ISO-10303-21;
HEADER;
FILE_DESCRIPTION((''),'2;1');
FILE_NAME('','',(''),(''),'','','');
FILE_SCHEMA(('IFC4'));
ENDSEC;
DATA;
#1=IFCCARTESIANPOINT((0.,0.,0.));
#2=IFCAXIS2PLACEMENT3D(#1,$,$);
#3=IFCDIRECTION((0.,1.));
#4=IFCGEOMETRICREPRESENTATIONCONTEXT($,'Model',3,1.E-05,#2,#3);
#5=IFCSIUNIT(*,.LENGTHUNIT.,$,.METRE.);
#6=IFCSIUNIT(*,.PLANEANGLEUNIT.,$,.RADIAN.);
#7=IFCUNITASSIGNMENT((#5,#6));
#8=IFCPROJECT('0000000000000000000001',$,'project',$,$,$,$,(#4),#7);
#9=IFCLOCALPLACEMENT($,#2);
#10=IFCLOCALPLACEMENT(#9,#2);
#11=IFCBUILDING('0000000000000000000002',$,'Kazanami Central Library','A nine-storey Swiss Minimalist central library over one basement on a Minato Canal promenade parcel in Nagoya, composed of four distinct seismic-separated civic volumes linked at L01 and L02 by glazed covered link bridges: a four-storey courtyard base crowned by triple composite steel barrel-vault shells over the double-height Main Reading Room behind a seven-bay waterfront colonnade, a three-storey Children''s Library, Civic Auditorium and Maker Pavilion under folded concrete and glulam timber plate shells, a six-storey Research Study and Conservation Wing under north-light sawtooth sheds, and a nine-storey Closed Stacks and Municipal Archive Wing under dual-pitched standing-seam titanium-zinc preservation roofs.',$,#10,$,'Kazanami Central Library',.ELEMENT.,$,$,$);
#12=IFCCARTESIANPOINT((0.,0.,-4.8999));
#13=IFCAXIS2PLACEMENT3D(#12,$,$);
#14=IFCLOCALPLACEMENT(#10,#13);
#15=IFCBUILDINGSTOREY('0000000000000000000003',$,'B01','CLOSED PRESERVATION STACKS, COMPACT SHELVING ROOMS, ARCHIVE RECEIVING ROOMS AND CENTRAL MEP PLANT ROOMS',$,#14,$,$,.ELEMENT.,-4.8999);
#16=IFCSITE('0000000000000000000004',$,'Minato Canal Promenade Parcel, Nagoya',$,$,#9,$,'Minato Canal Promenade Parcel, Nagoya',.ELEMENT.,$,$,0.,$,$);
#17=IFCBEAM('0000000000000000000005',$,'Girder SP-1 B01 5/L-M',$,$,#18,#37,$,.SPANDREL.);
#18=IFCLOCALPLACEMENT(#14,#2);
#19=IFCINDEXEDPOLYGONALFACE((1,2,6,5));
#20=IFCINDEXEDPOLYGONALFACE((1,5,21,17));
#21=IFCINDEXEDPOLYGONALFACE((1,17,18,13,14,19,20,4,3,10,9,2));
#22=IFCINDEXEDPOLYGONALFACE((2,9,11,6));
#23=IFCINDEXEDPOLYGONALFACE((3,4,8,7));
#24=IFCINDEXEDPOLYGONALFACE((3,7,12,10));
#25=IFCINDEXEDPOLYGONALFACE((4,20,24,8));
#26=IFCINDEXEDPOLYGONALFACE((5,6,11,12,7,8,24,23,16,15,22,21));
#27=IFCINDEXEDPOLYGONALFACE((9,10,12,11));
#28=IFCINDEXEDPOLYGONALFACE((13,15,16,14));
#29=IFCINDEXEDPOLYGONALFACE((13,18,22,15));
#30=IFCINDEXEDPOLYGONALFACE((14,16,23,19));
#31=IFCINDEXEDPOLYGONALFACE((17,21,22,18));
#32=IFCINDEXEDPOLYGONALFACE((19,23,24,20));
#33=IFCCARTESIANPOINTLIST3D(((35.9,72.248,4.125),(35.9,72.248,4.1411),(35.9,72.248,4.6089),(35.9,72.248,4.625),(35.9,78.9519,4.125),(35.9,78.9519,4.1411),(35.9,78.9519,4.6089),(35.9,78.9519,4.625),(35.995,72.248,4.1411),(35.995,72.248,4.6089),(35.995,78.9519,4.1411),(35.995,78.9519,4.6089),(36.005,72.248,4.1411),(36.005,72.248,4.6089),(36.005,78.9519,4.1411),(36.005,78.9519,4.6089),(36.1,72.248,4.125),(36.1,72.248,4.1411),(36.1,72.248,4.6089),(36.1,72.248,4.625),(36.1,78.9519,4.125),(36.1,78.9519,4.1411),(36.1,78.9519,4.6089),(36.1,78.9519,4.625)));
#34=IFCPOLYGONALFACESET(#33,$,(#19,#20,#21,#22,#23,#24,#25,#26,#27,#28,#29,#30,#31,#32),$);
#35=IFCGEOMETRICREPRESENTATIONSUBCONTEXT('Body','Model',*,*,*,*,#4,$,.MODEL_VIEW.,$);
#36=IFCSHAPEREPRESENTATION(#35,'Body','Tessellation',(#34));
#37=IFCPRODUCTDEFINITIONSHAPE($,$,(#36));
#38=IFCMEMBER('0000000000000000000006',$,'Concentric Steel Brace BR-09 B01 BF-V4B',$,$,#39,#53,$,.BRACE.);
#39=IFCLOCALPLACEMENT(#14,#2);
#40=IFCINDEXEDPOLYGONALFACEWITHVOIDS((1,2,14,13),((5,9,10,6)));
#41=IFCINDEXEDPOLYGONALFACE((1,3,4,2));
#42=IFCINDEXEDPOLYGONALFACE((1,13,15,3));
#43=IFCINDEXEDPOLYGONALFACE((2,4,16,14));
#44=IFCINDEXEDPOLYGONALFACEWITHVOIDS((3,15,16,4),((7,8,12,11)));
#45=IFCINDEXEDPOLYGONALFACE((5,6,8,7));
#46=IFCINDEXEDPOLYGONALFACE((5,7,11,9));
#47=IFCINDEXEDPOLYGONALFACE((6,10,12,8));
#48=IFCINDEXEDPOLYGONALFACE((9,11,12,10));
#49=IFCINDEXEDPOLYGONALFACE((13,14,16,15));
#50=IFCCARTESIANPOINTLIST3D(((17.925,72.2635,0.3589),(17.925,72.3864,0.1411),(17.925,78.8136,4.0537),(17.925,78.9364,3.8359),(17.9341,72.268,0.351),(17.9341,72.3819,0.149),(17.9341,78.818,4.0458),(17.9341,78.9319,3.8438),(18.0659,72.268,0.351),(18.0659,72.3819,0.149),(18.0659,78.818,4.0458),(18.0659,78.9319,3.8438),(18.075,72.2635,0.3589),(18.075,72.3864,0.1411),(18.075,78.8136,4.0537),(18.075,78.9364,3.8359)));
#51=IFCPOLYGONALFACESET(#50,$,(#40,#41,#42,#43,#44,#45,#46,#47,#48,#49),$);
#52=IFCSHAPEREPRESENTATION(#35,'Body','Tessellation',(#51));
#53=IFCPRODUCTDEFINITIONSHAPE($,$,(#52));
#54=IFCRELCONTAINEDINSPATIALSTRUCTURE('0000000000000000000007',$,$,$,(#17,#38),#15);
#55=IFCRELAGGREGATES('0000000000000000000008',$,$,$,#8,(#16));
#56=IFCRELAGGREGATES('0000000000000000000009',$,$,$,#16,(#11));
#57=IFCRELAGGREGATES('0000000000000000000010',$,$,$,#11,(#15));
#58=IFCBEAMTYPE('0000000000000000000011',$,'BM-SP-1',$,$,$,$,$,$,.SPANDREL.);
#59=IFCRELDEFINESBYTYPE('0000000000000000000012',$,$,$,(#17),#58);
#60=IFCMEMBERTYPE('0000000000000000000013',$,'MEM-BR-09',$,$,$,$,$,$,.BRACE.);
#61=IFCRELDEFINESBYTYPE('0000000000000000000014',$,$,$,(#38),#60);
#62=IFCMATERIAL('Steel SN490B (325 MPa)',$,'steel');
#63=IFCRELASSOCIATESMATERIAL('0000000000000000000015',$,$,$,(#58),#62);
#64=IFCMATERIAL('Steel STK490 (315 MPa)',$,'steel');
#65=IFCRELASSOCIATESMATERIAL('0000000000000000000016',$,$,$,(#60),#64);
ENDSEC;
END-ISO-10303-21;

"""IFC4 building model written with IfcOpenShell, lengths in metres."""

from ifc_helpers import new_model, si_unit, direction, frame, origin, origin_2d, place, context, subcontext, project, spatial, hollow_rectangle, i_section, extrude, material, material_profile, profile_set, type_object, element, save


model = new_model("IFC4")

# Units and contexts
model_context = context("Model", 3, precision=1e-05, world=origin(), true_north=direction((0.0, 1.0)))
body_context = subcontext(model_context, "Body", "Model", "MODEL_VIEW")
ifc_project = project(units=[si_unit("LENGTHUNIT", "METRE"), si_unit("PLANEANGLEUNIT", "RADIAN")], contexts=[model_context])

# Site, building, storey
site_placement = place(None, origin())
site = spatial("IfcSite", under=ifc_project, at=site_placement, Name="Minato Canal Promenade Parcel, Nagoya", LongName="Minato Canal Promenade Parcel, Nagoya", CompositionType="ELEMENT", RefElevation=0.0)
building_placement = place(site_placement, origin())
building = spatial("IfcBuilding", under=site, at=building_placement, Name="Kazanami Central Library", Description="A nine-storey Swiss Minimalist central library over one basement on a Minato Canal promenade parcel in Nagoya, composed of four distinct seismic-separated civic volumes linked at L01 and L02 by glazed covered link bridges: a four-storey courtyard base crowned by triple composite steel barrel-vault shells over the double-height Main Reading Room behind a seven-bay waterfront colonnade, a three-storey Children's Library, Civic Auditorium and Maker Pavilion under folded concrete and glulam timber plate shells, a six-storey Research Study and Conservation Wing under north-light sawtooth sheds, and a nine-storey Closed Stacks and Municipal Archive Wing under dual-pitched standing-seam titanium-zinc preservation roofs.", LongName="Kazanami Central Library", CompositionType="ELEMENT")
storey_placement = place(building_placement, frame((0.0, 0.0, -4.8999)))
storey = spatial("IfcBuildingStorey", under=building, at=storey_placement, Name="B01", Description="CLOSED PRESERVATION STACKS, COMPACT SHELVING ROOMS, ARCHIVE RECEIVING ROOMS AND CENTRAL MEP PLANT ROOMS", CompositionType="ELEMENT", Elevation=-4.8999)

# Beam
ifc_material_1 = material(Name="Steel SN490B (325 MPa)", Category="steel")
ifc_material_profile_1 = material_profile(ifc_material_1, i_section(OverallWidth=0.2, OverallDepth=0.5, WebThickness=0.01, FlangeThickness=0.0161, at=origin_2d()), Name="H-500x200x10x16")
ifc_profile_set_1 = profile_set([ifc_material_profile_1], Name="Steel SN490B (325 MPa)")
beam_type_1 = type_object("IfcBeamType", Name="BM-SP-1", PredefinedType="SPANDREL", material=ifc_profile_set_1)
beam_1_placement = place(storey_placement, frame((36.0, 72.248, 4.375), z_axis=(0.0, 1.0, 0.0), x_axis=(-1.0, 0.0, 0.0)))
element("IfcBeam", 1, at=beam_1_placement, inside=storey, type_object=beam_type_1, Name="Girder SP-1 B01 5/L-M", PredefinedType="SPANDREL", context=body_context, shape_type="SweptSolid", body=[
    extrude(i_section(OverallWidth=0.2, OverallDepth=0.5, WebThickness=0.01, FlangeThickness=0.0161, at=origin_2d()), origin(), (0.0, 0.0, 1.0), 6.7039),
])

# Member
ifc_material_2 = material(Name="Steel STK490 (315 MPa)", Category="steel")
ifc_material_profile_2 = material_profile(ifc_material_2, hollow_rectangle(XDim=0.1499, YDim=0.25, WallThickness=0.009, at=origin_2d()), Name="STKR-250x150x9")
ifc_profile_set_2 = profile_set([ifc_material_profile_2], Name="Steel STK490 (315 MPa)")
member_type = type_object("IfcMemberType", Name="MEM-BR-09", PredefinedType="BRACE", material=ifc_profile_set_2)
member_placement = place(storey_placement, frame((18.0, 72.325, 0.25), z_axis=(0.0, 0.870983, 0.491314), x_axis=(-1.0, 0.0, 0.0)))
element("IfcMember", 2, at=member_placement, inside=storey, type_object=member_type, Name="Concentric Steel Brace BR-09 B01 BF-V4B", PredefinedType="BRACE", context=body_context, shape_type="SweptSolid", body=[
    extrude(hollow_rectangle(XDim=0.1499, YDim=0.25, WallThickness=0.009, at=origin_2d()), origin(), (0.0, 0.0, 1.0), 7.5203),
])

save(model, "model.ifc")
